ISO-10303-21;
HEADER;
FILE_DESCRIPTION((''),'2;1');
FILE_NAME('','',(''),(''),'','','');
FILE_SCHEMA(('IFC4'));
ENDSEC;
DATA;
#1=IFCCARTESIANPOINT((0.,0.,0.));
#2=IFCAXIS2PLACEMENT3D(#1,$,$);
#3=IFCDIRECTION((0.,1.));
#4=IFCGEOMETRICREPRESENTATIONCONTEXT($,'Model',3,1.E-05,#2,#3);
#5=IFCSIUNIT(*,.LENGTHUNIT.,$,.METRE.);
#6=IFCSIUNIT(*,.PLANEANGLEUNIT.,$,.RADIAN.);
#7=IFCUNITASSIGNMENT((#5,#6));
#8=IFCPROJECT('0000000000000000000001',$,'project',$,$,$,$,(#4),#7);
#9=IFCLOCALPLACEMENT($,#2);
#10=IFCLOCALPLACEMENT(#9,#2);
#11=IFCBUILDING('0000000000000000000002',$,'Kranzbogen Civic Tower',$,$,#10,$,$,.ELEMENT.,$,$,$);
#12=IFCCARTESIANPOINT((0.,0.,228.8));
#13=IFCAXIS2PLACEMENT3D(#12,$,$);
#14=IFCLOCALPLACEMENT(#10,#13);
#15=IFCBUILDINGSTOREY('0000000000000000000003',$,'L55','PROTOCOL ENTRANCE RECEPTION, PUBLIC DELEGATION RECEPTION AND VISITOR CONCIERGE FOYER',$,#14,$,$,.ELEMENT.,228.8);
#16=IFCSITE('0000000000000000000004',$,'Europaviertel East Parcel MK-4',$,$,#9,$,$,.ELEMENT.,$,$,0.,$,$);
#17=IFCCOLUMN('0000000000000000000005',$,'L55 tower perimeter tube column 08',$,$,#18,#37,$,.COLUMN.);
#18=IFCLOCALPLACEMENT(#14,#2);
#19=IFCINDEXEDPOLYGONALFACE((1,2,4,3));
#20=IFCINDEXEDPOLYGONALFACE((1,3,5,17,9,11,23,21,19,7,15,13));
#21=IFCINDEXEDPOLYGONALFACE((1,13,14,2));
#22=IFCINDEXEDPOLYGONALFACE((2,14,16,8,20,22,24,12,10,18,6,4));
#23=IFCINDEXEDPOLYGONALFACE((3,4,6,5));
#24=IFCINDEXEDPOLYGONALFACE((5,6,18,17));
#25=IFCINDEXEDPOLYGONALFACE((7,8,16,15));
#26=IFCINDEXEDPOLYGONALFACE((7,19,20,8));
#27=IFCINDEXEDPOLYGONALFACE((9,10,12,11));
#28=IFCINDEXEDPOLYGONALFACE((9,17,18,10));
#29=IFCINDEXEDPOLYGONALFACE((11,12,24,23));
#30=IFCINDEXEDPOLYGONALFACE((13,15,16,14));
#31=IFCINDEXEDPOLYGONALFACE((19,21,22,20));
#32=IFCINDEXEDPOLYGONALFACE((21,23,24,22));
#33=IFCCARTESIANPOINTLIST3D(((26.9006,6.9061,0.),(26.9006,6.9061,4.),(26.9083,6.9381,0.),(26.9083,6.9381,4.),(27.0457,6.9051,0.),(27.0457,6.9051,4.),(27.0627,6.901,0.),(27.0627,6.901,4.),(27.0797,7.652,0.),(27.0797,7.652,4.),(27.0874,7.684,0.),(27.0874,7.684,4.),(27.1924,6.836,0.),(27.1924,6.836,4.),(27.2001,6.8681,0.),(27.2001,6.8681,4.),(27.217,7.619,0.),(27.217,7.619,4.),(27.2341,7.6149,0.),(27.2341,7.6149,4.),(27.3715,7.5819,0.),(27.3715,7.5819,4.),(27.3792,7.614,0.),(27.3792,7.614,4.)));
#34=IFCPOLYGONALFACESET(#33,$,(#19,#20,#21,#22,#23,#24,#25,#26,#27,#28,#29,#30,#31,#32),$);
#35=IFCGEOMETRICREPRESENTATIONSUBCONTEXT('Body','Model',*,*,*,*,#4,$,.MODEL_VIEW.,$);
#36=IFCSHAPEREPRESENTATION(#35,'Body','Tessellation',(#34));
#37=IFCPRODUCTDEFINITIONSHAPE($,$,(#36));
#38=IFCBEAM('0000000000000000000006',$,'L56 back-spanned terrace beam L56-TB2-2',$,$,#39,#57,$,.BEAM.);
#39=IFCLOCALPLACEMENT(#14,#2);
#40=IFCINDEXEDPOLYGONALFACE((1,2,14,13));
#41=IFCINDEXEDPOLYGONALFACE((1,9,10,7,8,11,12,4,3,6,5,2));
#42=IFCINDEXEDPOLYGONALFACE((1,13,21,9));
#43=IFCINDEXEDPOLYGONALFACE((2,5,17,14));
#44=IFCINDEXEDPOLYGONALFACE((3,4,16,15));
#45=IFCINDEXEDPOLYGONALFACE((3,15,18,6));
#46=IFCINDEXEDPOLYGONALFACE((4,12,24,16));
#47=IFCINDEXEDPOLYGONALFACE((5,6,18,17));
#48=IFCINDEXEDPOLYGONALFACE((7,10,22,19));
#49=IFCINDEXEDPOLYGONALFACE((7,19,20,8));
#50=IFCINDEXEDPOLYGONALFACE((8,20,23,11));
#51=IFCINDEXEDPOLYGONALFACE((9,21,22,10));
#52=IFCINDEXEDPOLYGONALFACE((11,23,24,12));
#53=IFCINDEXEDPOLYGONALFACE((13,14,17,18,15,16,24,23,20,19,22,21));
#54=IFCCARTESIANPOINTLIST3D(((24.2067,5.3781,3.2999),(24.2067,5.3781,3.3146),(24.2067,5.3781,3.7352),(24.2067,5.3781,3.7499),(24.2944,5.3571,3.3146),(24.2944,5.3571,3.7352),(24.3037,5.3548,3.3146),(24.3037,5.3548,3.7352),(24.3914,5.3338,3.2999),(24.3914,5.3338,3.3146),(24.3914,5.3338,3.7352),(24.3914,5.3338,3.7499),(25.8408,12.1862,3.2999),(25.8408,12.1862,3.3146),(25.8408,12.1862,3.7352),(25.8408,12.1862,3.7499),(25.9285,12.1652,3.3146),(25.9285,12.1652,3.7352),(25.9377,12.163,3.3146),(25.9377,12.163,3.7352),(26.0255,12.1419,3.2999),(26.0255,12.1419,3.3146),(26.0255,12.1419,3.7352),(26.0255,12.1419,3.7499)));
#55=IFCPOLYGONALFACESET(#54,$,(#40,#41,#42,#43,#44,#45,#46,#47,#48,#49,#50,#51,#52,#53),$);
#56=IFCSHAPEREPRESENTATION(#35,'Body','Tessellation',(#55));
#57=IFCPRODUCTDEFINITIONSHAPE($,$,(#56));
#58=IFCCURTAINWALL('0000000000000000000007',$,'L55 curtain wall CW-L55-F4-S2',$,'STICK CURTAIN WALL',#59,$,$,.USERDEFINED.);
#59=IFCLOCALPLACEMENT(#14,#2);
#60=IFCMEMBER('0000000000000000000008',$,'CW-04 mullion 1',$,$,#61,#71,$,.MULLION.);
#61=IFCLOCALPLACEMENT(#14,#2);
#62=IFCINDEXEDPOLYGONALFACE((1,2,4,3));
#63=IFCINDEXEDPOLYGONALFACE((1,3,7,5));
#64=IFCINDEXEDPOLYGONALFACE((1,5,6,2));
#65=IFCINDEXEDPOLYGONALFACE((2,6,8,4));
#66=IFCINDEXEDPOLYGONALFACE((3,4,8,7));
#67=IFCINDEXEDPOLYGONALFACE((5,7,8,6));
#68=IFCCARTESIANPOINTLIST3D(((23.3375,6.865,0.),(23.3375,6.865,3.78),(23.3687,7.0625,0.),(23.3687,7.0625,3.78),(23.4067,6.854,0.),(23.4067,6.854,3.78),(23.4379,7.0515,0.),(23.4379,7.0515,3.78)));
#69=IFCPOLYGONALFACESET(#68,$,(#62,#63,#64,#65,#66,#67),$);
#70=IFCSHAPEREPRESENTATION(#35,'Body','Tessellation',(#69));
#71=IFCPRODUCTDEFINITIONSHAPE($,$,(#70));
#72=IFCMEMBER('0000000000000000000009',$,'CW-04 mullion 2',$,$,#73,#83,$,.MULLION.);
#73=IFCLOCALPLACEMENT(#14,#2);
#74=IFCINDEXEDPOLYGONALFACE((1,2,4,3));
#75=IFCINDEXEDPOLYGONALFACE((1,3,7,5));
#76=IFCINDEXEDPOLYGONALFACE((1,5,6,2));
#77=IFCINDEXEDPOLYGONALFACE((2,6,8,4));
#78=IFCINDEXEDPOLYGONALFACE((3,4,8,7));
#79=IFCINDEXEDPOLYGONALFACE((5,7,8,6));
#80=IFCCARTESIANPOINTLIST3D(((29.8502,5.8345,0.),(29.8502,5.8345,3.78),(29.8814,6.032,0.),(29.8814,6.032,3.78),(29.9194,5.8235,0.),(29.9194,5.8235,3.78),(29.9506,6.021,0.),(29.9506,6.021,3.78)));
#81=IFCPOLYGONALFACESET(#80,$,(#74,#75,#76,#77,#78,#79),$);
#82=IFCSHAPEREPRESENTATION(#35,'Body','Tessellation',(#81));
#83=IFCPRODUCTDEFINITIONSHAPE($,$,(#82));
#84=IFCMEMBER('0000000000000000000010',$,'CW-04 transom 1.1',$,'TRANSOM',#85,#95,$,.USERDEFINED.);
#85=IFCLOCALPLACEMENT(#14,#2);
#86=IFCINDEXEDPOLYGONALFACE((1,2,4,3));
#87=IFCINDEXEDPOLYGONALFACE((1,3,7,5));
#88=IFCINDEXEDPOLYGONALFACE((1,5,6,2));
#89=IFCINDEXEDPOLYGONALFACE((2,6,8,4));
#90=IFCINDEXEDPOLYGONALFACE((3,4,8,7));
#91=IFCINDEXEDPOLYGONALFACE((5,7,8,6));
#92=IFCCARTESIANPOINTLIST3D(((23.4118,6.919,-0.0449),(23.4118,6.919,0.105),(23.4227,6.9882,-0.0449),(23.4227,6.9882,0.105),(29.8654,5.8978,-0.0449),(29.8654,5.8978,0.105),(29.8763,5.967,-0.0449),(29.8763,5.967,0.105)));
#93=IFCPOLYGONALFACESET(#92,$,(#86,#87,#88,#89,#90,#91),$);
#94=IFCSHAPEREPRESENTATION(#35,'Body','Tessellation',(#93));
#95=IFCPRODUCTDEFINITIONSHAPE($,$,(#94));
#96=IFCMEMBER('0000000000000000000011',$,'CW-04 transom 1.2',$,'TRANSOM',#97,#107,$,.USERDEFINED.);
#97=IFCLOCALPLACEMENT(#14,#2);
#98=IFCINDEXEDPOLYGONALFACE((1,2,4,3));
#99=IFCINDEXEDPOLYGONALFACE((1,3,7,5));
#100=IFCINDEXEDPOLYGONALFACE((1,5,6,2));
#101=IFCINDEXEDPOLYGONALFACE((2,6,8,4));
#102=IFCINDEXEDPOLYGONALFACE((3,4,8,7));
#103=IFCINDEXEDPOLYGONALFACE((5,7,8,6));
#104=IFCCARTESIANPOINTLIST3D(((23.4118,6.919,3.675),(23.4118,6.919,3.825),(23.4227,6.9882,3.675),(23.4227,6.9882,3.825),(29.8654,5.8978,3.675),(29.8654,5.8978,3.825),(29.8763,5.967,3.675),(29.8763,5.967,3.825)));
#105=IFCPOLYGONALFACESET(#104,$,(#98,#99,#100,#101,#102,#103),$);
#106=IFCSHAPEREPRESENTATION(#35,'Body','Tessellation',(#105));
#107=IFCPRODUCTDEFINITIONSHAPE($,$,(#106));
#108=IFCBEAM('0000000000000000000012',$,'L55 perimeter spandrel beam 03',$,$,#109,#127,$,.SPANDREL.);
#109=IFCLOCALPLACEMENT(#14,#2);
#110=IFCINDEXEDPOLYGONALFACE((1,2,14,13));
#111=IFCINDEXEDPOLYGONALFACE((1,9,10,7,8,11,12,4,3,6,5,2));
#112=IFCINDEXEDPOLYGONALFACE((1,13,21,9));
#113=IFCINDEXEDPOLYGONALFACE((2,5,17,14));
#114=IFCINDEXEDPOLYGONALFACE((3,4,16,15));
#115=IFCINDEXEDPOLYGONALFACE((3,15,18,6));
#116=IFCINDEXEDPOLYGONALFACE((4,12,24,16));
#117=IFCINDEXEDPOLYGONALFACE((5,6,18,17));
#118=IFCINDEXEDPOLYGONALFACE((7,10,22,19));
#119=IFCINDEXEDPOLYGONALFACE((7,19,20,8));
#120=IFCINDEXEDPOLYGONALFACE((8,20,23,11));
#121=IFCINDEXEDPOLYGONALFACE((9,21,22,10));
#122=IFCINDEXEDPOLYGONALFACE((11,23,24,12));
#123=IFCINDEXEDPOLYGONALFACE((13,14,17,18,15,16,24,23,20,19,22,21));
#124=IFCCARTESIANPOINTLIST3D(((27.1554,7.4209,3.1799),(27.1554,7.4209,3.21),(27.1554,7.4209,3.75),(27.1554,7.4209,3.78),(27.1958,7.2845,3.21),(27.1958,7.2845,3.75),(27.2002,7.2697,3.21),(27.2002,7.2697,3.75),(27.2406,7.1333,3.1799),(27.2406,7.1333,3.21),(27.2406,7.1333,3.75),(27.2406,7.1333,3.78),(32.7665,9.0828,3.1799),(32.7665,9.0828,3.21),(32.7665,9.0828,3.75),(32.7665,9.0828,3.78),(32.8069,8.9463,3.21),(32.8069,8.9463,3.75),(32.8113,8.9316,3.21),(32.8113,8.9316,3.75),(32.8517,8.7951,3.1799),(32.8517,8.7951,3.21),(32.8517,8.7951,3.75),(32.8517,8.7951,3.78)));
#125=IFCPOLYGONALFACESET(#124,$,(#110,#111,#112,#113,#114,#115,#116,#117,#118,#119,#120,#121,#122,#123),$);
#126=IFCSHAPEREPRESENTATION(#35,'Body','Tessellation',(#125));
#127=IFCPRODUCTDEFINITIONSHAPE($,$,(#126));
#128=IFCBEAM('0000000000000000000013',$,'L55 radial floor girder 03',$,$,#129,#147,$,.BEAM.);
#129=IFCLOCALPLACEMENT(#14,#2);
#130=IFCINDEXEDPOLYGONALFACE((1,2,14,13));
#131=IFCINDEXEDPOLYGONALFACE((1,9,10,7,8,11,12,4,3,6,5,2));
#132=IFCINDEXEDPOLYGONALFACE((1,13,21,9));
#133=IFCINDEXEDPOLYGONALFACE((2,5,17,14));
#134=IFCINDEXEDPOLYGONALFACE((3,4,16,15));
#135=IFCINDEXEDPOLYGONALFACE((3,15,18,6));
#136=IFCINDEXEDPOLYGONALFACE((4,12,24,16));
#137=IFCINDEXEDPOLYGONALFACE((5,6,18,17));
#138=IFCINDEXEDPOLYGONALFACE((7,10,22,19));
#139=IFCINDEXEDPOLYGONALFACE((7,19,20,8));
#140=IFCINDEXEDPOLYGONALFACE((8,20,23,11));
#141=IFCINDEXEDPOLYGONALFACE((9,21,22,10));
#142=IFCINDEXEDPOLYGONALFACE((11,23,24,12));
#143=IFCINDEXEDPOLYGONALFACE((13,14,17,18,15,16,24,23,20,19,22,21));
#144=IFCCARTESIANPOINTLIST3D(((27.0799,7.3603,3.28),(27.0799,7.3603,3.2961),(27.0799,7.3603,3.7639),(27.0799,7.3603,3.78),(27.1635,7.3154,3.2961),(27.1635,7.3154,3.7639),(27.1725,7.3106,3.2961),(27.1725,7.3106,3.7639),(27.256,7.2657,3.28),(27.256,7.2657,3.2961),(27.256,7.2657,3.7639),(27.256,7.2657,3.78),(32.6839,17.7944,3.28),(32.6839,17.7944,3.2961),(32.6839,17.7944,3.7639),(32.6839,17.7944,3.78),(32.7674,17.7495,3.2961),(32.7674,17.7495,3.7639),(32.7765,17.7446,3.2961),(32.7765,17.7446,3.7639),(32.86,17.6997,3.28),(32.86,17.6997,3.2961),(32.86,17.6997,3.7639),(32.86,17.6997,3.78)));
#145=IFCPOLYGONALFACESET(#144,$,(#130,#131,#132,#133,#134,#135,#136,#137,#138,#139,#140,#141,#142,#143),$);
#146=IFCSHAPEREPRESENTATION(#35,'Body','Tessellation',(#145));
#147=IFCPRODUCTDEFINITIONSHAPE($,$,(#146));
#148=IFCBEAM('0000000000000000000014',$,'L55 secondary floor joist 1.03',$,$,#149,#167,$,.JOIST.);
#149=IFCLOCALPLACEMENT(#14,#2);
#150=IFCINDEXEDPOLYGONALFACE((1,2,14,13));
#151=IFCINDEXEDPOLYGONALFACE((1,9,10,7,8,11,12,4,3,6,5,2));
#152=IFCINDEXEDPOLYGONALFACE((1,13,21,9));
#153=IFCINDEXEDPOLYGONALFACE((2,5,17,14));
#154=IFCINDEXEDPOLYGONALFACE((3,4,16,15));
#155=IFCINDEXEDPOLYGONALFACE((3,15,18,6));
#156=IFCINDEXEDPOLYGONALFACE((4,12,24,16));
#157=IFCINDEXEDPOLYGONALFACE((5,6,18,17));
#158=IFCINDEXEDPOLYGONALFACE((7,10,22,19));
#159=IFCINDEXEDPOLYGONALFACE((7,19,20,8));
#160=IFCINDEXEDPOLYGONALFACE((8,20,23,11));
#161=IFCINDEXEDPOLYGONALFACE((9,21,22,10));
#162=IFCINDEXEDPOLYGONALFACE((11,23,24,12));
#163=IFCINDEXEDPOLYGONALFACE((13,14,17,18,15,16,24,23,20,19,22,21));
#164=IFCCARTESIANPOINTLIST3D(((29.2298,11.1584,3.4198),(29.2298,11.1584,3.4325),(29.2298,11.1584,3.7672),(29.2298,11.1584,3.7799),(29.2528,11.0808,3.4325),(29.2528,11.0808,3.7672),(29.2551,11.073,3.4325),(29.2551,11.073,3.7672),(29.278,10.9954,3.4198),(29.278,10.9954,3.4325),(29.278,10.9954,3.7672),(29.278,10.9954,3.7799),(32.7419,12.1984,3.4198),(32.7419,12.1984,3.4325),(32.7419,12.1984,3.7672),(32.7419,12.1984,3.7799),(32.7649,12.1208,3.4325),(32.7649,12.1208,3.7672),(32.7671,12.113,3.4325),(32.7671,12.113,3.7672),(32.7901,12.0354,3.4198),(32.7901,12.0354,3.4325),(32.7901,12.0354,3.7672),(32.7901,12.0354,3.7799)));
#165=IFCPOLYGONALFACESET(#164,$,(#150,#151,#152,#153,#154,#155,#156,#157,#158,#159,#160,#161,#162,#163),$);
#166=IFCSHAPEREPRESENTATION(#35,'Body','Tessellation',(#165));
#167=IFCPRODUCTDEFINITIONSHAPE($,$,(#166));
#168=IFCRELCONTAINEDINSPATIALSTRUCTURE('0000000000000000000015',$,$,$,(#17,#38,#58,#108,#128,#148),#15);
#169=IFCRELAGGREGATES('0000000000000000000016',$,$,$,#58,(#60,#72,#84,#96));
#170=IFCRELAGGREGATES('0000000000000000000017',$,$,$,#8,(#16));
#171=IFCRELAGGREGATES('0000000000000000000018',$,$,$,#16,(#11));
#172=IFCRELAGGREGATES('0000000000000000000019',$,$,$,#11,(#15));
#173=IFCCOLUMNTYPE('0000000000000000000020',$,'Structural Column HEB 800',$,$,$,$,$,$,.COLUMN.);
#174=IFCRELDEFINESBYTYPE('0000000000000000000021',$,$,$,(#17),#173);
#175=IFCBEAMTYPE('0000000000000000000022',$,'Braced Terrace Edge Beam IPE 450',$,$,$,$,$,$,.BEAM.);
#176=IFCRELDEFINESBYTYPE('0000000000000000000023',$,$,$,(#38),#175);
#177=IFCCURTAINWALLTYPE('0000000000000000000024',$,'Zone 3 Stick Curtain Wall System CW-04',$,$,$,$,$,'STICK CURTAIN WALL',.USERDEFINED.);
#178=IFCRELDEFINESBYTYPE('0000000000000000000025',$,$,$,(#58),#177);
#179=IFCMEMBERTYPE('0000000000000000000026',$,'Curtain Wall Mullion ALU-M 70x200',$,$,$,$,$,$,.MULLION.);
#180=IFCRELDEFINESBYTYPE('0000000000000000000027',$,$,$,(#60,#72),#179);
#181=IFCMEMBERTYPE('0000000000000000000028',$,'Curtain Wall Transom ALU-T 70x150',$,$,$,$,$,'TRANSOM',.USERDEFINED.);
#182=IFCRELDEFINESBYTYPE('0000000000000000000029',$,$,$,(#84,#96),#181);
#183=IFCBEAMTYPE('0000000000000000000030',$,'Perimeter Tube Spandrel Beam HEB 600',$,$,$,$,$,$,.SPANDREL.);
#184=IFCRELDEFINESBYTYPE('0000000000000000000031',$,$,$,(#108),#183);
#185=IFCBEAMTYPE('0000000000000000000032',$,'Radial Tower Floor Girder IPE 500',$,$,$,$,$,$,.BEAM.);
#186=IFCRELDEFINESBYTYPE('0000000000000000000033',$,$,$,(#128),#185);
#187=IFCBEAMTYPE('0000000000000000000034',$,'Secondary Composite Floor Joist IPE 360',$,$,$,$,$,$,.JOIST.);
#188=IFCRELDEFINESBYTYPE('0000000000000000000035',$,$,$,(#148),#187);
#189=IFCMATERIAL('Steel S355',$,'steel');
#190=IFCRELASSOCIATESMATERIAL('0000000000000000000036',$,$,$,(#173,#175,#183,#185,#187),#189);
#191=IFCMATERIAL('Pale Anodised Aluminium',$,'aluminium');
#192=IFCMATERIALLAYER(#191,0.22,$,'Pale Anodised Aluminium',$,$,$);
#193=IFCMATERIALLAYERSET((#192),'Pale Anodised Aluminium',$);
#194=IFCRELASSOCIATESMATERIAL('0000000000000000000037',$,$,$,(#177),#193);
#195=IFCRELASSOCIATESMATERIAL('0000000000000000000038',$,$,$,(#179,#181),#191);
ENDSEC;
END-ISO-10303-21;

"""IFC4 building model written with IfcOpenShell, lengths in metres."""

from ifc_helpers import new_model, si_unit, direction, frame, origin, origin_2d, place, context, subcontext, project, spatial, rectangle, i_section, extrude, material, layer, layer_set, material_profile, profile_set, type_object, element, aggregate, save


model = new_model("IFC4")

# Units and contexts
model_context = context("Model", 3, precision=1e-05, world=origin(), true_north=direction((0.0, 1.0)))
body_context = subcontext(model_context, "Body", "Model", "MODEL_VIEW")
ifc_project = project(units=[si_unit("LENGTHUNIT", "METRE"), si_unit("PLANEANGLEUNIT", "RADIAN")], contexts=[model_context])

# Site, building, storey
site_placement = place(None, origin())
site = spatial("IfcSite", under=ifc_project, at=site_placement, Name="Europaviertel East Parcel MK-4", CompositionType="ELEMENT", RefElevation=0.0)
building_placement = place(site_placement, origin())
building = spatial("IfcBuilding", under=site, at=building_placement, Name="Kranzbogen Civic Tower", CompositionType="ELEMENT")
storey_placement = place(building_placement, frame((0.0, 0.0, 228.8)))
storey = spatial("IfcBuildingStorey", under=building, at=storey_placement, Name="L55", Description="PROTOCOL ENTRANCE RECEPTION, PUBLIC DELEGATION RECEPTION AND VISITOR CONCIERGE FOYER", CompositionType="ELEMENT", Elevation=228.8)

# Column
ifc_material_1 = material(Name="Steel S355", Category="steel")
ifc_material_profile_1 = material_profile(ifc_material_1, i_section(OverallWidth=0.3, OverallDepth=0.8, WebThickness=0.0176, FlangeThickness=0.033, at=origin_2d()), Name="HEB 800")
ifc_profile_set_1 = profile_set([ifc_material_profile_1], Name="Steel S355")
column_type = type_object("IfcColumnType", Name="Structural Column HEB 800", PredefinedType="COLUMN", material=ifc_profile_set_1)
column_placement = place(storey_placement, frame((27.1399, 7.26, 0.0), z_axis=(0.0, 0.0, 1.0), x_axis=(-0.97237, 0.233445, 0.0)))
element("IfcColumn", 1, at=column_placement, inside=storey, type_object=column_type, Name="L55 tower perimeter tube column 08", PredefinedType="COLUMN", context=body_context, shape_type="SweptSolid", body=[
    extrude(i_section(OverallWidth=0.3, OverallDepth=0.8, WebThickness=0.0176, FlangeThickness=0.033, at=origin_2d()), origin(), (0.0, 0.0, 1.0), 4.0),
])

# Beam
ifc_material_profile_2 = material_profile(ifc_material_1, i_section(OverallWidth=0.1899, OverallDepth=0.45, WebThickness=0.0095, FlangeThickness=0.0146, at=origin_2d()), Name="IPE 450")
ifc_profile_set_2 = profile_set([ifc_material_profile_2], Name="Steel S355")
beam_type_1 = type_object("IfcBeamType", Name="Braced Terrace Edge Beam IPE 450", PredefinedType="BEAM", material=ifc_profile_set_2)
beam_1_placement = place(storey_placement, frame((25.9331, 12.1641, 3.5249), z_axis=(-0.233385, -0.972384, 0.0), x_axis=(0.972384, -0.233385, 0.0)))
element("IfcBeam", 2, at=beam_1_placement, inside=storey, type_object=beam_type_1, Name="L56 back-spanned terrace beam L56-TB2-2", PredefinedType="BEAM", context=body_context, shape_type="SweptSolid", body=[
    extrude(i_section(OverallWidth=0.1899, OverallDepth=0.45, WebThickness=0.0095, FlangeThickness=0.0146, at=origin_2d()), origin(), (0.0, 0.0, 1.0), 7.0015),
])

# Curtain wall, members
ifc_material_2 = material(Name="Pale Anodised Aluminium", Category="aluminium")
ifc_layer_1 = layer(ifc_material_2, 0.22, Name="Pale Anodised Aluminium")
ifc_layer_set_1 = layer_set([ifc_layer_1], Name="Pale Anodised Aluminium")
curtain_wall_type = type_object("IfcCurtainWallType", Name="Zone 3 Stick Curtain Wall System CW-04", ElementType="STICK CURTAIN WALL", PredefinedType="USERDEFINED", material=ifc_layer_set_1)
curtain_wall_placement = place(storey_placement, origin())
curtain_wall = element("IfcCurtainWall", 3, at=curtain_wall_placement, inside=storey, type_object=curtain_wall_type, Name="L55 curtain wall CW-L55-F4-S2", ObjectType="STICK CURTAIN WALL", PredefinedType="USERDEFINED")
ifc_material_profile_3 = material_profile(ifc_material_2, rectangle(XDim=0.0701, YDim=0.2, at=origin_2d()), Name="ALU-M 70x200")
ifc_profile_set_3 = profile_set([ifc_material_profile_3], Name="Pale Anodised Aluminium")
member_type_1 = type_object("IfcMemberType", Name="Curtain Wall Mullion ALU-M 70x200", PredefinedType="MULLION", material=ifc_profile_set_3)
member_1_placement = place(storey_placement, frame((23.3877, 6.9583, 0.0), z_axis=(0.0, 0.0, 1.0), x_axis=(0.987709, -0.156302, 0.0)))
member_1 = element("IfcMember", 4, at=member_1_placement, type_object=member_type_1, Name="CW-04 mullion 1", PredefinedType="MULLION", context=body_context, shape_type="SweptSolid", body=[
    extrude(rectangle(XDim=0.0701, YDim=0.2, at=origin_2d()), origin(), (0.0, 0.0, 1.0), 3.78),
])
member_2_placement = place(storey_placement, frame((29.9004, 5.9277, 0.0), z_axis=(0.0, 0.0, 1.0), x_axis=(0.987709, -0.156302, 0.0)))
member_2 = element("IfcMember", 5, at=member_2_placement, type_object=member_type_1, Name="CW-04 mullion 2", PredefinedType="MULLION", context=body_context, shape_type="SweptSolid", body=[
    extrude(rectangle(XDim=0.0701, YDim=0.2, at=origin_2d()), origin(), (0.0, 0.0, 1.0), 3.78),
])
ifc_material_profile_4 = material_profile(ifc_material_2, rectangle(XDim=0.0701, YDim=0.1499, at=origin_2d()), Name="ALU-T 70x150")
ifc_profile_set_4 = profile_set([ifc_material_profile_4], Name="Pale Anodised Aluminium")
member_type_2 = type_object("IfcMemberType", Name="Curtain Wall Transom ALU-T 70x150", ElementType="TRANSOM", PredefinedType="USERDEFINED", material=ifc_profile_set_4)
member_3_placement = place(storey_placement, frame((23.4172, 6.9536, 0.03), z_axis=(0.98771, -0.156298, 0.0), x_axis=(0.156298, 0.98771, 0.0)))
member_3 = element("IfcMember", 6, at=member_3_placement, type_object=member_type_2, Name="CW-04 transom 1.1", ObjectType="TRANSOM", PredefinedType="USERDEFINED", context=body_context, shape_type="SweptSolid", body=[
    extrude(rectangle(XDim=0.0701, YDim=0.1499, at=origin_2d()), origin(), (0.0, 0.0, 1.0), 6.5339),
])
member_4_placement = place(storey_placement, frame((23.4172, 6.9536, 3.75), z_axis=(0.98771, -0.156298, 0.0), x_axis=(0.156298, 0.98771, 0.0)))
member_4 = element("IfcMember", 7, at=member_4_placement, type_object=member_type_2, Name="CW-04 transom 1.2", ObjectType="TRANSOM", PredefinedType="USERDEFINED", context=body_context, shape_type="SweptSolid", body=[
    extrude(rectangle(XDim=0.0701, YDim=0.1499, at=origin_2d()), origin(), (0.0, 0.0, 1.0), 6.5339),
])

# Beams
ifc_material_profile_5 = material_profile(ifc_material_1, i_section(OverallWidth=0.3, OverallDepth=0.6001, WebThickness=0.0154, FlangeThickness=0.03, at=origin_2d()), Name="HEB 600")
ifc_profile_set_5 = profile_set([ifc_material_profile_5], Name="Steel S355")
beam_type_2 = type_object("IfcBeamType", Name="Perimeter Tube Spandrel Beam HEB 600", PredefinedType="SPANDREL", material=ifc_profile_set_5)
beam_2_placement = place(storey_placement, frame((27.198, 7.2771, 3.48), z_axis=(0.95883, 0.283982, 0.0), x_axis=(-0.283982, 0.95883, 0.0)))
element("IfcBeam", 8, at=beam_2_placement, inside=storey, type_object=beam_type_2, Name="L55 perimeter spandrel beam 03", PredefinedType="SPANDREL", context=body_context, shape_type="SweptSolid", body=[
    extrude(i_section(OverallWidth=0.3, OverallDepth=0.6001, WebThickness=0.0154, FlangeThickness=0.03, at=origin_2d()), origin(), (0.0, 0.0, 1.0), 5.8521),
])
ifc_material_profile_6 = material_profile(ifc_material_1, i_section(OverallWidth=0.2, OverallDepth=0.5, WebThickness=0.0103, FlangeThickness=0.0161, at=origin_2d()), Name="IPE 500")
ifc_profile_set_6 = profile_set([ifc_material_profile_6], Name="Steel S355")
beam_type_3 = type_object("IfcBeamType", Name="Radial Tower Floor Girder IPE 500", PredefinedType="BEAM", material=ifc_profile_set_6)
beam_3_placement = place(storey_placement, frame((27.168, 7.313, 3.53), z_axis=(0.47316, 0.880976, 0.0), x_axis=(-0.880976, 0.47316, 0.0)))
element("IfcBeam", 9, at=beam_3_placement, inside=storey, type_object=beam_type_3, Name="L55 radial floor girder 03", PredefinedType="BEAM", context=body_context, shape_type="SweptSolid", body=[
    extrude(i_section(OverallWidth=0.2, OverallDepth=0.5, WebThickness=0.0103, FlangeThickness=0.0161, at=origin_2d()), origin(), (0.0, 0.0, 1.0), 11.8438),
])
ifc_material_profile_7 = material_profile(ifc_material_1, i_section(OverallWidth=0.1699, OverallDepth=0.3601, WebThickness=0.0081, FlangeThickness=0.0127, at=origin_2d()), Name="IPE 360")
ifc_profile_set_7 = profile_set([ifc_material_profile_7], Name="Steel S355")
beam_type_4 = type_object("IfcBeamType", Name="Secondary Composite Floor Joist IPE 360", PredefinedType="JOIST", material=ifc_profile_set_7)
beam_4_placement = place(storey_placement, frame((29.2539, 11.0769, 3.5999), z_axis=(0.958844, 0.283934, 0.0), x_axis=(-0.283934, 0.958844, 0.0)))
element("IfcBeam", 10, at=beam_4_placement, inside=storey, type_object=beam_type_4, Name="L55 secondary floor joist 1.03", PredefinedType="JOIST", context=body_context, shape_type="SweptSolid", body=[
    extrude(i_section(OverallWidth=0.1699, OverallDepth=0.3601, WebThickness=0.0081, FlangeThickness=0.0127, at=origin_2d()), origin(), (0.0, 0.0, 1.0), 3.6628),
])

aggregate(curtain_wall, [member_1, member_2, member_3, member_4])

save(model, "model.ifc")
